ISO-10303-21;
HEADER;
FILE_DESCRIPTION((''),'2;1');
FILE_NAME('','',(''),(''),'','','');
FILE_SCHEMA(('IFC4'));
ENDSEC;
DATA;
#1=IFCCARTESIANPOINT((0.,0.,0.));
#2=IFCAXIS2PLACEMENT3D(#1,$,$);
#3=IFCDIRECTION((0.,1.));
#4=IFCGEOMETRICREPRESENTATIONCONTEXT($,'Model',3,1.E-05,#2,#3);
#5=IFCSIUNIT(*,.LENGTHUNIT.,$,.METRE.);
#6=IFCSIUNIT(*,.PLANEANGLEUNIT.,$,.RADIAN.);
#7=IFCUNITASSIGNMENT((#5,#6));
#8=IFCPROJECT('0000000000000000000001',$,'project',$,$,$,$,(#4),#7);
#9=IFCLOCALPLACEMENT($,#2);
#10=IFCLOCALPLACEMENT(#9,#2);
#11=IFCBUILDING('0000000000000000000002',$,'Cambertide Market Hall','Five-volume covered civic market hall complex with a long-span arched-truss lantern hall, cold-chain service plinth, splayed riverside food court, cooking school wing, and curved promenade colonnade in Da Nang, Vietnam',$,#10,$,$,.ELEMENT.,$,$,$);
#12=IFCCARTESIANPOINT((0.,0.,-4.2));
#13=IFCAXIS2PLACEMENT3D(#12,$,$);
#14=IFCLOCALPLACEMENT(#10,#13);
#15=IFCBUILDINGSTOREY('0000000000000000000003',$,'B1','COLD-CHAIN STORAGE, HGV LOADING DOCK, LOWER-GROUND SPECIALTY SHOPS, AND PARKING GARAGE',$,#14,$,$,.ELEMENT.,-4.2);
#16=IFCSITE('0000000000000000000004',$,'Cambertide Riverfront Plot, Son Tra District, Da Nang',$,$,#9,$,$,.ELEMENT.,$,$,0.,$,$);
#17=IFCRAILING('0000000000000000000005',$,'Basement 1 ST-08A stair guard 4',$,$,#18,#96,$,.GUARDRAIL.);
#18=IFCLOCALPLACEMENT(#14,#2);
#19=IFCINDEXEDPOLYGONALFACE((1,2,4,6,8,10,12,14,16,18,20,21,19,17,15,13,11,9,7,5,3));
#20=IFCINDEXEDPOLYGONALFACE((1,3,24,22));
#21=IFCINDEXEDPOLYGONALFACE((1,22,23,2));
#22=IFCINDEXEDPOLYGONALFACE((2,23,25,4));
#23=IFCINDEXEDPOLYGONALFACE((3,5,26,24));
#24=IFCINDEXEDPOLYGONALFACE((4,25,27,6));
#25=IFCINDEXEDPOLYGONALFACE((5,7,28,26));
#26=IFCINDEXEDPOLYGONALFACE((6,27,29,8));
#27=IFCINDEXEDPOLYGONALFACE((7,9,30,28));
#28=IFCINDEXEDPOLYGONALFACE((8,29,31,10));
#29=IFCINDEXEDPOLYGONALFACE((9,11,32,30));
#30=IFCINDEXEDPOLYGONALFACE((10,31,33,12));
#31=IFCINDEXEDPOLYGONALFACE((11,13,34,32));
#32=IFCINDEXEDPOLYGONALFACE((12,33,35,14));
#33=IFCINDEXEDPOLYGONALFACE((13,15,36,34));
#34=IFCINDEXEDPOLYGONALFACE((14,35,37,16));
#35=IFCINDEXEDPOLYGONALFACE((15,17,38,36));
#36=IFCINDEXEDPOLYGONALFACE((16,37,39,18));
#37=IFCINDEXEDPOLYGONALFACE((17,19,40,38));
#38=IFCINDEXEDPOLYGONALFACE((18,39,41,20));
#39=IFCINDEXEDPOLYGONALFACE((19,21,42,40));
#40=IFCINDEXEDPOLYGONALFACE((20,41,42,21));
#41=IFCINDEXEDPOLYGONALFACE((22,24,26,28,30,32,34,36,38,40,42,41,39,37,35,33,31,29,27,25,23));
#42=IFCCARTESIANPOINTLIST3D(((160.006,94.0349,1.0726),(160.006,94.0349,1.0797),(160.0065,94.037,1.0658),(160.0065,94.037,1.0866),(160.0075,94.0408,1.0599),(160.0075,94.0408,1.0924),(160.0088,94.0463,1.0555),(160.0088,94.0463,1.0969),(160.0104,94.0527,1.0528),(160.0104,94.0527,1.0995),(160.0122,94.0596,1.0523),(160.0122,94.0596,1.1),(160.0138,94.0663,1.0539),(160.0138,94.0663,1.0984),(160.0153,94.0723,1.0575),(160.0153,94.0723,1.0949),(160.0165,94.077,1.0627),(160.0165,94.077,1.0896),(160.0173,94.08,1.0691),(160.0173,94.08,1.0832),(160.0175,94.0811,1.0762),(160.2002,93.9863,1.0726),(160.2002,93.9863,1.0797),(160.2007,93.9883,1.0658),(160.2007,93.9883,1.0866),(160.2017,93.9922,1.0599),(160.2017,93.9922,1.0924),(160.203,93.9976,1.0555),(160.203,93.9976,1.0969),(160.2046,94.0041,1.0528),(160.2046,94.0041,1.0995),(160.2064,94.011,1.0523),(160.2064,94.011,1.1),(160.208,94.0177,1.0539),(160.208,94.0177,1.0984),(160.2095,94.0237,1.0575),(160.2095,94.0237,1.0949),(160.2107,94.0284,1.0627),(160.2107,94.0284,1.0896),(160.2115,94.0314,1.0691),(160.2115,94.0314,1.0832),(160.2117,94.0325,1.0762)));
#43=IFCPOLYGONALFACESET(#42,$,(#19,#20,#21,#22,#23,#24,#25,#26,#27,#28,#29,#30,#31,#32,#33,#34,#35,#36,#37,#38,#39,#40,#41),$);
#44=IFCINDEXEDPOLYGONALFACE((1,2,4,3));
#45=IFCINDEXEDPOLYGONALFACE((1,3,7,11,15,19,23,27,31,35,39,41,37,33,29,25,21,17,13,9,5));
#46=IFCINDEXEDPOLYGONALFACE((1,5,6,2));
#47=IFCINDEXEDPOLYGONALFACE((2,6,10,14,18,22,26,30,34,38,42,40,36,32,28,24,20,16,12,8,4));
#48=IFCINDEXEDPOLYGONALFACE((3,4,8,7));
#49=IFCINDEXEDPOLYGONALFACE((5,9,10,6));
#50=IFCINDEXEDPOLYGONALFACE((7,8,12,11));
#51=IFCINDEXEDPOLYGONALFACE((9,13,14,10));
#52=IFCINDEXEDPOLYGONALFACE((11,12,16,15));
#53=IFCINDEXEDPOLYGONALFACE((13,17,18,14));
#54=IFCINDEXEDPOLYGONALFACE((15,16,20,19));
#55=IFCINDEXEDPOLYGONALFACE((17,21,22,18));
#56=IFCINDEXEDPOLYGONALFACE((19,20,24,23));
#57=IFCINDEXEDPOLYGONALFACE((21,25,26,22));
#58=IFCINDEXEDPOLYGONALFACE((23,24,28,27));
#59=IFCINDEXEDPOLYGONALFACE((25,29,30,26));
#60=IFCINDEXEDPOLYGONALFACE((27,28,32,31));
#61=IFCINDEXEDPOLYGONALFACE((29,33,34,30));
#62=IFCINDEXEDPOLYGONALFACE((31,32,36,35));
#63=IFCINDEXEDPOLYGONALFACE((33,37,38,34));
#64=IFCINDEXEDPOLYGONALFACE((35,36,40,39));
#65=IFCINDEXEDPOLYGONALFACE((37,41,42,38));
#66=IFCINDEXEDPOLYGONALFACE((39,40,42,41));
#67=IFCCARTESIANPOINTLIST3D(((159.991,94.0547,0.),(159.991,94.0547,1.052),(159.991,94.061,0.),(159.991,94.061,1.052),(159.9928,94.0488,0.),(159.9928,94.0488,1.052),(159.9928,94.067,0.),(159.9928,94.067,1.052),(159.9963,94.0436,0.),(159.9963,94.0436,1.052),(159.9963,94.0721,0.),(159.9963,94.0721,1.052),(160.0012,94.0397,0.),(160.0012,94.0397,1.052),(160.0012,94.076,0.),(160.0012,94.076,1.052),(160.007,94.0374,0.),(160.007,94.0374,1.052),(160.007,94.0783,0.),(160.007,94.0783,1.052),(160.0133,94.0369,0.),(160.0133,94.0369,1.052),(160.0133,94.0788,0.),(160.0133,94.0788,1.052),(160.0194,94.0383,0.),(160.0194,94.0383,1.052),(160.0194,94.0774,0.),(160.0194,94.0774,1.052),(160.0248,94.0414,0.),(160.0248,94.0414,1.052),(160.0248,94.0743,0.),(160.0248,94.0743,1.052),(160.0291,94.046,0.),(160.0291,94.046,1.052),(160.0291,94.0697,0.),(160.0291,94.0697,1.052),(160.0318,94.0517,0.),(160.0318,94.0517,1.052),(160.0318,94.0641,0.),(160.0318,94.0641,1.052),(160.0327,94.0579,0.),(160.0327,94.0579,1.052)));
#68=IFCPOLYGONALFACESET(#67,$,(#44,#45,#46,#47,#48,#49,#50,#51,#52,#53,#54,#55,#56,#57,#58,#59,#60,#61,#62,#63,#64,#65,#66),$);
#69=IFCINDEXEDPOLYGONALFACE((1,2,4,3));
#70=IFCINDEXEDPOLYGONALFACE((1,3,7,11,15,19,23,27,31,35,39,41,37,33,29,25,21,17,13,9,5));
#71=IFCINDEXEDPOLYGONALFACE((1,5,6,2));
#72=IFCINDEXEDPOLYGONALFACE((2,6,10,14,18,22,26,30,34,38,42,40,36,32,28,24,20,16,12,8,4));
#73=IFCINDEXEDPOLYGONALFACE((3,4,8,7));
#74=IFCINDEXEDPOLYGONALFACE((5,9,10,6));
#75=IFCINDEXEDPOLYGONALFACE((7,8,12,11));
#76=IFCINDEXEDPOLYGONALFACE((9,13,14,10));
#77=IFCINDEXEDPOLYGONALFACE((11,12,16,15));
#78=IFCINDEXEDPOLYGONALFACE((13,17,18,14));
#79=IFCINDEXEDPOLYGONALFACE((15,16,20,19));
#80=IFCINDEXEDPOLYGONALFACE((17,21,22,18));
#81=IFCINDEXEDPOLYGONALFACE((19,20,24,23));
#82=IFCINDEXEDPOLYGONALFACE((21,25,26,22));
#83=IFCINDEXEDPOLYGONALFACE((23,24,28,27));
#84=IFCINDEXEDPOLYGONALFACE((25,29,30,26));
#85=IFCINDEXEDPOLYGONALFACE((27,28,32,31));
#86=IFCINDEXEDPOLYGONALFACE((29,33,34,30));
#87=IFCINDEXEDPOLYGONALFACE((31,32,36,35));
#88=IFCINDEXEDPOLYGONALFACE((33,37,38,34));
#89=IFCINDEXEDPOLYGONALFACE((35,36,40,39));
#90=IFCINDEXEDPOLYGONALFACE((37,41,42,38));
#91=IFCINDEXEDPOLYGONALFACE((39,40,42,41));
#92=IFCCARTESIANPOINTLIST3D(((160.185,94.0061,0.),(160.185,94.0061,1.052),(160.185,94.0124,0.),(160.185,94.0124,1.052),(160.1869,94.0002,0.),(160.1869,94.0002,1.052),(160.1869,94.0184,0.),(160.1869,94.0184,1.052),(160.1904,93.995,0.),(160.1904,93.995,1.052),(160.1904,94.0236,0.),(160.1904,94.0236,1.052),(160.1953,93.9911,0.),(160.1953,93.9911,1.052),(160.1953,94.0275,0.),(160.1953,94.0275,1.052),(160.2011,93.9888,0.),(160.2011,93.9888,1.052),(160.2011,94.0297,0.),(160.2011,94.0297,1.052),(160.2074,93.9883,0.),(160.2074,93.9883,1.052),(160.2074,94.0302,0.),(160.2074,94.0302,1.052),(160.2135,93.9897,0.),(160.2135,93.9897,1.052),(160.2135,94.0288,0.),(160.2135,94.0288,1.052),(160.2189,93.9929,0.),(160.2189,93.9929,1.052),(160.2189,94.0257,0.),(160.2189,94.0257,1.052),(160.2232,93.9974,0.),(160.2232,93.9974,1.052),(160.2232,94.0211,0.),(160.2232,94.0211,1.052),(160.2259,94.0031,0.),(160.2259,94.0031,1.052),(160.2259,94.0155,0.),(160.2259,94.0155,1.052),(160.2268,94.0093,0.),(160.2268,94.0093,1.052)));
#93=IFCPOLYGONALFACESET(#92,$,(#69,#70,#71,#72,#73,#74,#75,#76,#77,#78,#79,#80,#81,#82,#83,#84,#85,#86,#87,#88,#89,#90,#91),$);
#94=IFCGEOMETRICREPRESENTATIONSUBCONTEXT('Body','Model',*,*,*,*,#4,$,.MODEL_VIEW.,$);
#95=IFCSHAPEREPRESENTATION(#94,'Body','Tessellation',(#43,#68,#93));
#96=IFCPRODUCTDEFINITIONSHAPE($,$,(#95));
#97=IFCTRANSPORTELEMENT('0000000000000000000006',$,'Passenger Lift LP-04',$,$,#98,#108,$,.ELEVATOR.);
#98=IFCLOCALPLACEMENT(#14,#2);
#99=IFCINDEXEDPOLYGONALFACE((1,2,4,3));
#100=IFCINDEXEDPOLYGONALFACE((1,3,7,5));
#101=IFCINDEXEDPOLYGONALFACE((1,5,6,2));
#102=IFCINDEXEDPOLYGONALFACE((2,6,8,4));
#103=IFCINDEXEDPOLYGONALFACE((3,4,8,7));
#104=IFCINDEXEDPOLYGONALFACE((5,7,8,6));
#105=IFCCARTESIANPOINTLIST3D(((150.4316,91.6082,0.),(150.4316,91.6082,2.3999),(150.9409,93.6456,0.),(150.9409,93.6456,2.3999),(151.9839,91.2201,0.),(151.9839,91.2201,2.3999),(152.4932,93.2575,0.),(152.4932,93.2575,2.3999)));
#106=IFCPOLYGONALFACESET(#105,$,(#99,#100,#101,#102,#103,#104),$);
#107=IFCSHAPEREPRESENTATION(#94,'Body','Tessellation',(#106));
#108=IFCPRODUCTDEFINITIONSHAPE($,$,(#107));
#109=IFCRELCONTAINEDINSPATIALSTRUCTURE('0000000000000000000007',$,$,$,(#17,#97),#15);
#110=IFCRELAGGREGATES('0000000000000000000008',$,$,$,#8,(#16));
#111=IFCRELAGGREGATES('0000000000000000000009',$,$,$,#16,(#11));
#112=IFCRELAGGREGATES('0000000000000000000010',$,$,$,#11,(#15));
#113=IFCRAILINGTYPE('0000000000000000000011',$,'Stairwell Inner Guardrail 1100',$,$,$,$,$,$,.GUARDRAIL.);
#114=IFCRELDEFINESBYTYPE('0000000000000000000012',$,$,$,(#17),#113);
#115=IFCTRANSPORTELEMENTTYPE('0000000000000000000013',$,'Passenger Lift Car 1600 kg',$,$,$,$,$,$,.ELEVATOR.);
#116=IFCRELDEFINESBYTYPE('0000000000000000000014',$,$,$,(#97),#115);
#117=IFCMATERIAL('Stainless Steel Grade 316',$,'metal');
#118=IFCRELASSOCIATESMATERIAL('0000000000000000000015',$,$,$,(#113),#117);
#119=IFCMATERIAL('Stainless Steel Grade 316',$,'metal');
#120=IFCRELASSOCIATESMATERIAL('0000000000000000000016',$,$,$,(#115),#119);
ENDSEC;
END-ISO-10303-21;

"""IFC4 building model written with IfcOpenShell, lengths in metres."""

from ifc_helpers import new_model, si_unit, direction, frame, origin, origin_2d, place, context, subcontext, project, spatial, rectangle, circle, extrude, material, type_object, element, save


model = new_model("IFC4")

# Units and contexts
model_context = context("Model", 3, precision=1e-05, world=origin(), true_north=direction((0.0, 1.0)))
body_context = subcontext(model_context, "Body", "Model", "MODEL_VIEW")
ifc_project = project(units=[si_unit("LENGTHUNIT", "METRE"), si_unit("PLANEANGLEUNIT", "RADIAN")], contexts=[model_context])

# Site, building, storey
site_placement = place(None, origin())
site = spatial("IfcSite", under=ifc_project, at=site_placement, Name="Cambertide Riverfront Plot, Son Tra District, Da Nang", CompositionType="ELEMENT", RefElevation=0.0)
building_placement = place(site_placement, origin())
building = spatial("IfcBuilding", under=site, at=building_placement, Name="Cambertide Market Hall", Description="Five-volume covered civic market hall complex with a long-span arched-truss lantern hall, cold-chain service plinth, splayed riverside food court, cooking school wing, and curved promenade colonnade in Da Nang, Vietnam", CompositionType="ELEMENT")
storey_placement = place(building_placement, frame((0.0, 0.0, -4.2)))
storey = spatial("IfcBuildingStorey", under=building, at=storey_placement, Name="B1", Description="COLD-CHAIN STORAGE, HGV LOADING DOCK, LOWER-GROUND SPECIALTY SHOPS, AND PARKING GARAGE", CompositionType="ELEMENT", Elevation=-4.2)

# Railing
ifc_material_1 = material(Name="Stainless Steel Grade 316", Category="metal")
railing_type_1 = type_object("IfcRailingType", Name="Stairwell Inner Guardrail 1100", PredefinedType="GUARDRAIL", material=ifc_material_1)
railing_1_placement = place(storey_placement, frame((160.0117, 94.0579, 0.0)))
element("IfcRailing", 1, at=railing_1_placement, inside=storey, type_object=railing_type_1, Name="Basement 1 ST-08A stair guard 4", PredefinedType="GUARDRAIL", context=body_context, shape_type="SweptSolid", body=[
    extrude(circle(Radius=0.0239, at=origin_2d()), frame((0.0, 0.0, 1.0762), z_axis=(0.970071, -0.242823, 0.0), x_axis=(0.242823, 0.970071, 0.0)), (0.0, 0.0, 1.0), 0.2002),
    extrude(circle(Radius=0.021, at=origin_2d()), origin(), (0.0, 0.0, 1.0), 1.052),
    extrude(circle(Radius=0.021, at=origin_2d()), frame((0.1941, -0.0486, 0.0)), (0.0, 0.0, 1.0), 1.052),
])

# Transport element
ifc_material_2 = material(Name="Stainless Steel Grade 316", Category="metal")
transport_element_type = type_object("IfcTransportElementType", Name="Passenger Lift Car 1600 kg", PredefinedType="ELEVATOR", material=ifc_material_2)
transport_element_placement = place(storey_placement, frame((151.4624, 92.4329, 0.0), z_axis=(0.0, 0.0, 1.0), x_axis=(0.970143, -0.242536, 0.0)))
element("IfcTransportElement", 2, at=transport_element_placement, inside=storey, type_object=transport_element_type, Name="Passenger Lift LP-04", PredefinedType="ELEVATOR", context=body_context, shape_type="SweptSolid", body=[
    extrude(rectangle(XDim=1.6001, YDim=2.1001, at=origin_2d()), origin(), (0.0, 0.0, 1.0), 2.3999),
])

save(model, "model.ifc")
